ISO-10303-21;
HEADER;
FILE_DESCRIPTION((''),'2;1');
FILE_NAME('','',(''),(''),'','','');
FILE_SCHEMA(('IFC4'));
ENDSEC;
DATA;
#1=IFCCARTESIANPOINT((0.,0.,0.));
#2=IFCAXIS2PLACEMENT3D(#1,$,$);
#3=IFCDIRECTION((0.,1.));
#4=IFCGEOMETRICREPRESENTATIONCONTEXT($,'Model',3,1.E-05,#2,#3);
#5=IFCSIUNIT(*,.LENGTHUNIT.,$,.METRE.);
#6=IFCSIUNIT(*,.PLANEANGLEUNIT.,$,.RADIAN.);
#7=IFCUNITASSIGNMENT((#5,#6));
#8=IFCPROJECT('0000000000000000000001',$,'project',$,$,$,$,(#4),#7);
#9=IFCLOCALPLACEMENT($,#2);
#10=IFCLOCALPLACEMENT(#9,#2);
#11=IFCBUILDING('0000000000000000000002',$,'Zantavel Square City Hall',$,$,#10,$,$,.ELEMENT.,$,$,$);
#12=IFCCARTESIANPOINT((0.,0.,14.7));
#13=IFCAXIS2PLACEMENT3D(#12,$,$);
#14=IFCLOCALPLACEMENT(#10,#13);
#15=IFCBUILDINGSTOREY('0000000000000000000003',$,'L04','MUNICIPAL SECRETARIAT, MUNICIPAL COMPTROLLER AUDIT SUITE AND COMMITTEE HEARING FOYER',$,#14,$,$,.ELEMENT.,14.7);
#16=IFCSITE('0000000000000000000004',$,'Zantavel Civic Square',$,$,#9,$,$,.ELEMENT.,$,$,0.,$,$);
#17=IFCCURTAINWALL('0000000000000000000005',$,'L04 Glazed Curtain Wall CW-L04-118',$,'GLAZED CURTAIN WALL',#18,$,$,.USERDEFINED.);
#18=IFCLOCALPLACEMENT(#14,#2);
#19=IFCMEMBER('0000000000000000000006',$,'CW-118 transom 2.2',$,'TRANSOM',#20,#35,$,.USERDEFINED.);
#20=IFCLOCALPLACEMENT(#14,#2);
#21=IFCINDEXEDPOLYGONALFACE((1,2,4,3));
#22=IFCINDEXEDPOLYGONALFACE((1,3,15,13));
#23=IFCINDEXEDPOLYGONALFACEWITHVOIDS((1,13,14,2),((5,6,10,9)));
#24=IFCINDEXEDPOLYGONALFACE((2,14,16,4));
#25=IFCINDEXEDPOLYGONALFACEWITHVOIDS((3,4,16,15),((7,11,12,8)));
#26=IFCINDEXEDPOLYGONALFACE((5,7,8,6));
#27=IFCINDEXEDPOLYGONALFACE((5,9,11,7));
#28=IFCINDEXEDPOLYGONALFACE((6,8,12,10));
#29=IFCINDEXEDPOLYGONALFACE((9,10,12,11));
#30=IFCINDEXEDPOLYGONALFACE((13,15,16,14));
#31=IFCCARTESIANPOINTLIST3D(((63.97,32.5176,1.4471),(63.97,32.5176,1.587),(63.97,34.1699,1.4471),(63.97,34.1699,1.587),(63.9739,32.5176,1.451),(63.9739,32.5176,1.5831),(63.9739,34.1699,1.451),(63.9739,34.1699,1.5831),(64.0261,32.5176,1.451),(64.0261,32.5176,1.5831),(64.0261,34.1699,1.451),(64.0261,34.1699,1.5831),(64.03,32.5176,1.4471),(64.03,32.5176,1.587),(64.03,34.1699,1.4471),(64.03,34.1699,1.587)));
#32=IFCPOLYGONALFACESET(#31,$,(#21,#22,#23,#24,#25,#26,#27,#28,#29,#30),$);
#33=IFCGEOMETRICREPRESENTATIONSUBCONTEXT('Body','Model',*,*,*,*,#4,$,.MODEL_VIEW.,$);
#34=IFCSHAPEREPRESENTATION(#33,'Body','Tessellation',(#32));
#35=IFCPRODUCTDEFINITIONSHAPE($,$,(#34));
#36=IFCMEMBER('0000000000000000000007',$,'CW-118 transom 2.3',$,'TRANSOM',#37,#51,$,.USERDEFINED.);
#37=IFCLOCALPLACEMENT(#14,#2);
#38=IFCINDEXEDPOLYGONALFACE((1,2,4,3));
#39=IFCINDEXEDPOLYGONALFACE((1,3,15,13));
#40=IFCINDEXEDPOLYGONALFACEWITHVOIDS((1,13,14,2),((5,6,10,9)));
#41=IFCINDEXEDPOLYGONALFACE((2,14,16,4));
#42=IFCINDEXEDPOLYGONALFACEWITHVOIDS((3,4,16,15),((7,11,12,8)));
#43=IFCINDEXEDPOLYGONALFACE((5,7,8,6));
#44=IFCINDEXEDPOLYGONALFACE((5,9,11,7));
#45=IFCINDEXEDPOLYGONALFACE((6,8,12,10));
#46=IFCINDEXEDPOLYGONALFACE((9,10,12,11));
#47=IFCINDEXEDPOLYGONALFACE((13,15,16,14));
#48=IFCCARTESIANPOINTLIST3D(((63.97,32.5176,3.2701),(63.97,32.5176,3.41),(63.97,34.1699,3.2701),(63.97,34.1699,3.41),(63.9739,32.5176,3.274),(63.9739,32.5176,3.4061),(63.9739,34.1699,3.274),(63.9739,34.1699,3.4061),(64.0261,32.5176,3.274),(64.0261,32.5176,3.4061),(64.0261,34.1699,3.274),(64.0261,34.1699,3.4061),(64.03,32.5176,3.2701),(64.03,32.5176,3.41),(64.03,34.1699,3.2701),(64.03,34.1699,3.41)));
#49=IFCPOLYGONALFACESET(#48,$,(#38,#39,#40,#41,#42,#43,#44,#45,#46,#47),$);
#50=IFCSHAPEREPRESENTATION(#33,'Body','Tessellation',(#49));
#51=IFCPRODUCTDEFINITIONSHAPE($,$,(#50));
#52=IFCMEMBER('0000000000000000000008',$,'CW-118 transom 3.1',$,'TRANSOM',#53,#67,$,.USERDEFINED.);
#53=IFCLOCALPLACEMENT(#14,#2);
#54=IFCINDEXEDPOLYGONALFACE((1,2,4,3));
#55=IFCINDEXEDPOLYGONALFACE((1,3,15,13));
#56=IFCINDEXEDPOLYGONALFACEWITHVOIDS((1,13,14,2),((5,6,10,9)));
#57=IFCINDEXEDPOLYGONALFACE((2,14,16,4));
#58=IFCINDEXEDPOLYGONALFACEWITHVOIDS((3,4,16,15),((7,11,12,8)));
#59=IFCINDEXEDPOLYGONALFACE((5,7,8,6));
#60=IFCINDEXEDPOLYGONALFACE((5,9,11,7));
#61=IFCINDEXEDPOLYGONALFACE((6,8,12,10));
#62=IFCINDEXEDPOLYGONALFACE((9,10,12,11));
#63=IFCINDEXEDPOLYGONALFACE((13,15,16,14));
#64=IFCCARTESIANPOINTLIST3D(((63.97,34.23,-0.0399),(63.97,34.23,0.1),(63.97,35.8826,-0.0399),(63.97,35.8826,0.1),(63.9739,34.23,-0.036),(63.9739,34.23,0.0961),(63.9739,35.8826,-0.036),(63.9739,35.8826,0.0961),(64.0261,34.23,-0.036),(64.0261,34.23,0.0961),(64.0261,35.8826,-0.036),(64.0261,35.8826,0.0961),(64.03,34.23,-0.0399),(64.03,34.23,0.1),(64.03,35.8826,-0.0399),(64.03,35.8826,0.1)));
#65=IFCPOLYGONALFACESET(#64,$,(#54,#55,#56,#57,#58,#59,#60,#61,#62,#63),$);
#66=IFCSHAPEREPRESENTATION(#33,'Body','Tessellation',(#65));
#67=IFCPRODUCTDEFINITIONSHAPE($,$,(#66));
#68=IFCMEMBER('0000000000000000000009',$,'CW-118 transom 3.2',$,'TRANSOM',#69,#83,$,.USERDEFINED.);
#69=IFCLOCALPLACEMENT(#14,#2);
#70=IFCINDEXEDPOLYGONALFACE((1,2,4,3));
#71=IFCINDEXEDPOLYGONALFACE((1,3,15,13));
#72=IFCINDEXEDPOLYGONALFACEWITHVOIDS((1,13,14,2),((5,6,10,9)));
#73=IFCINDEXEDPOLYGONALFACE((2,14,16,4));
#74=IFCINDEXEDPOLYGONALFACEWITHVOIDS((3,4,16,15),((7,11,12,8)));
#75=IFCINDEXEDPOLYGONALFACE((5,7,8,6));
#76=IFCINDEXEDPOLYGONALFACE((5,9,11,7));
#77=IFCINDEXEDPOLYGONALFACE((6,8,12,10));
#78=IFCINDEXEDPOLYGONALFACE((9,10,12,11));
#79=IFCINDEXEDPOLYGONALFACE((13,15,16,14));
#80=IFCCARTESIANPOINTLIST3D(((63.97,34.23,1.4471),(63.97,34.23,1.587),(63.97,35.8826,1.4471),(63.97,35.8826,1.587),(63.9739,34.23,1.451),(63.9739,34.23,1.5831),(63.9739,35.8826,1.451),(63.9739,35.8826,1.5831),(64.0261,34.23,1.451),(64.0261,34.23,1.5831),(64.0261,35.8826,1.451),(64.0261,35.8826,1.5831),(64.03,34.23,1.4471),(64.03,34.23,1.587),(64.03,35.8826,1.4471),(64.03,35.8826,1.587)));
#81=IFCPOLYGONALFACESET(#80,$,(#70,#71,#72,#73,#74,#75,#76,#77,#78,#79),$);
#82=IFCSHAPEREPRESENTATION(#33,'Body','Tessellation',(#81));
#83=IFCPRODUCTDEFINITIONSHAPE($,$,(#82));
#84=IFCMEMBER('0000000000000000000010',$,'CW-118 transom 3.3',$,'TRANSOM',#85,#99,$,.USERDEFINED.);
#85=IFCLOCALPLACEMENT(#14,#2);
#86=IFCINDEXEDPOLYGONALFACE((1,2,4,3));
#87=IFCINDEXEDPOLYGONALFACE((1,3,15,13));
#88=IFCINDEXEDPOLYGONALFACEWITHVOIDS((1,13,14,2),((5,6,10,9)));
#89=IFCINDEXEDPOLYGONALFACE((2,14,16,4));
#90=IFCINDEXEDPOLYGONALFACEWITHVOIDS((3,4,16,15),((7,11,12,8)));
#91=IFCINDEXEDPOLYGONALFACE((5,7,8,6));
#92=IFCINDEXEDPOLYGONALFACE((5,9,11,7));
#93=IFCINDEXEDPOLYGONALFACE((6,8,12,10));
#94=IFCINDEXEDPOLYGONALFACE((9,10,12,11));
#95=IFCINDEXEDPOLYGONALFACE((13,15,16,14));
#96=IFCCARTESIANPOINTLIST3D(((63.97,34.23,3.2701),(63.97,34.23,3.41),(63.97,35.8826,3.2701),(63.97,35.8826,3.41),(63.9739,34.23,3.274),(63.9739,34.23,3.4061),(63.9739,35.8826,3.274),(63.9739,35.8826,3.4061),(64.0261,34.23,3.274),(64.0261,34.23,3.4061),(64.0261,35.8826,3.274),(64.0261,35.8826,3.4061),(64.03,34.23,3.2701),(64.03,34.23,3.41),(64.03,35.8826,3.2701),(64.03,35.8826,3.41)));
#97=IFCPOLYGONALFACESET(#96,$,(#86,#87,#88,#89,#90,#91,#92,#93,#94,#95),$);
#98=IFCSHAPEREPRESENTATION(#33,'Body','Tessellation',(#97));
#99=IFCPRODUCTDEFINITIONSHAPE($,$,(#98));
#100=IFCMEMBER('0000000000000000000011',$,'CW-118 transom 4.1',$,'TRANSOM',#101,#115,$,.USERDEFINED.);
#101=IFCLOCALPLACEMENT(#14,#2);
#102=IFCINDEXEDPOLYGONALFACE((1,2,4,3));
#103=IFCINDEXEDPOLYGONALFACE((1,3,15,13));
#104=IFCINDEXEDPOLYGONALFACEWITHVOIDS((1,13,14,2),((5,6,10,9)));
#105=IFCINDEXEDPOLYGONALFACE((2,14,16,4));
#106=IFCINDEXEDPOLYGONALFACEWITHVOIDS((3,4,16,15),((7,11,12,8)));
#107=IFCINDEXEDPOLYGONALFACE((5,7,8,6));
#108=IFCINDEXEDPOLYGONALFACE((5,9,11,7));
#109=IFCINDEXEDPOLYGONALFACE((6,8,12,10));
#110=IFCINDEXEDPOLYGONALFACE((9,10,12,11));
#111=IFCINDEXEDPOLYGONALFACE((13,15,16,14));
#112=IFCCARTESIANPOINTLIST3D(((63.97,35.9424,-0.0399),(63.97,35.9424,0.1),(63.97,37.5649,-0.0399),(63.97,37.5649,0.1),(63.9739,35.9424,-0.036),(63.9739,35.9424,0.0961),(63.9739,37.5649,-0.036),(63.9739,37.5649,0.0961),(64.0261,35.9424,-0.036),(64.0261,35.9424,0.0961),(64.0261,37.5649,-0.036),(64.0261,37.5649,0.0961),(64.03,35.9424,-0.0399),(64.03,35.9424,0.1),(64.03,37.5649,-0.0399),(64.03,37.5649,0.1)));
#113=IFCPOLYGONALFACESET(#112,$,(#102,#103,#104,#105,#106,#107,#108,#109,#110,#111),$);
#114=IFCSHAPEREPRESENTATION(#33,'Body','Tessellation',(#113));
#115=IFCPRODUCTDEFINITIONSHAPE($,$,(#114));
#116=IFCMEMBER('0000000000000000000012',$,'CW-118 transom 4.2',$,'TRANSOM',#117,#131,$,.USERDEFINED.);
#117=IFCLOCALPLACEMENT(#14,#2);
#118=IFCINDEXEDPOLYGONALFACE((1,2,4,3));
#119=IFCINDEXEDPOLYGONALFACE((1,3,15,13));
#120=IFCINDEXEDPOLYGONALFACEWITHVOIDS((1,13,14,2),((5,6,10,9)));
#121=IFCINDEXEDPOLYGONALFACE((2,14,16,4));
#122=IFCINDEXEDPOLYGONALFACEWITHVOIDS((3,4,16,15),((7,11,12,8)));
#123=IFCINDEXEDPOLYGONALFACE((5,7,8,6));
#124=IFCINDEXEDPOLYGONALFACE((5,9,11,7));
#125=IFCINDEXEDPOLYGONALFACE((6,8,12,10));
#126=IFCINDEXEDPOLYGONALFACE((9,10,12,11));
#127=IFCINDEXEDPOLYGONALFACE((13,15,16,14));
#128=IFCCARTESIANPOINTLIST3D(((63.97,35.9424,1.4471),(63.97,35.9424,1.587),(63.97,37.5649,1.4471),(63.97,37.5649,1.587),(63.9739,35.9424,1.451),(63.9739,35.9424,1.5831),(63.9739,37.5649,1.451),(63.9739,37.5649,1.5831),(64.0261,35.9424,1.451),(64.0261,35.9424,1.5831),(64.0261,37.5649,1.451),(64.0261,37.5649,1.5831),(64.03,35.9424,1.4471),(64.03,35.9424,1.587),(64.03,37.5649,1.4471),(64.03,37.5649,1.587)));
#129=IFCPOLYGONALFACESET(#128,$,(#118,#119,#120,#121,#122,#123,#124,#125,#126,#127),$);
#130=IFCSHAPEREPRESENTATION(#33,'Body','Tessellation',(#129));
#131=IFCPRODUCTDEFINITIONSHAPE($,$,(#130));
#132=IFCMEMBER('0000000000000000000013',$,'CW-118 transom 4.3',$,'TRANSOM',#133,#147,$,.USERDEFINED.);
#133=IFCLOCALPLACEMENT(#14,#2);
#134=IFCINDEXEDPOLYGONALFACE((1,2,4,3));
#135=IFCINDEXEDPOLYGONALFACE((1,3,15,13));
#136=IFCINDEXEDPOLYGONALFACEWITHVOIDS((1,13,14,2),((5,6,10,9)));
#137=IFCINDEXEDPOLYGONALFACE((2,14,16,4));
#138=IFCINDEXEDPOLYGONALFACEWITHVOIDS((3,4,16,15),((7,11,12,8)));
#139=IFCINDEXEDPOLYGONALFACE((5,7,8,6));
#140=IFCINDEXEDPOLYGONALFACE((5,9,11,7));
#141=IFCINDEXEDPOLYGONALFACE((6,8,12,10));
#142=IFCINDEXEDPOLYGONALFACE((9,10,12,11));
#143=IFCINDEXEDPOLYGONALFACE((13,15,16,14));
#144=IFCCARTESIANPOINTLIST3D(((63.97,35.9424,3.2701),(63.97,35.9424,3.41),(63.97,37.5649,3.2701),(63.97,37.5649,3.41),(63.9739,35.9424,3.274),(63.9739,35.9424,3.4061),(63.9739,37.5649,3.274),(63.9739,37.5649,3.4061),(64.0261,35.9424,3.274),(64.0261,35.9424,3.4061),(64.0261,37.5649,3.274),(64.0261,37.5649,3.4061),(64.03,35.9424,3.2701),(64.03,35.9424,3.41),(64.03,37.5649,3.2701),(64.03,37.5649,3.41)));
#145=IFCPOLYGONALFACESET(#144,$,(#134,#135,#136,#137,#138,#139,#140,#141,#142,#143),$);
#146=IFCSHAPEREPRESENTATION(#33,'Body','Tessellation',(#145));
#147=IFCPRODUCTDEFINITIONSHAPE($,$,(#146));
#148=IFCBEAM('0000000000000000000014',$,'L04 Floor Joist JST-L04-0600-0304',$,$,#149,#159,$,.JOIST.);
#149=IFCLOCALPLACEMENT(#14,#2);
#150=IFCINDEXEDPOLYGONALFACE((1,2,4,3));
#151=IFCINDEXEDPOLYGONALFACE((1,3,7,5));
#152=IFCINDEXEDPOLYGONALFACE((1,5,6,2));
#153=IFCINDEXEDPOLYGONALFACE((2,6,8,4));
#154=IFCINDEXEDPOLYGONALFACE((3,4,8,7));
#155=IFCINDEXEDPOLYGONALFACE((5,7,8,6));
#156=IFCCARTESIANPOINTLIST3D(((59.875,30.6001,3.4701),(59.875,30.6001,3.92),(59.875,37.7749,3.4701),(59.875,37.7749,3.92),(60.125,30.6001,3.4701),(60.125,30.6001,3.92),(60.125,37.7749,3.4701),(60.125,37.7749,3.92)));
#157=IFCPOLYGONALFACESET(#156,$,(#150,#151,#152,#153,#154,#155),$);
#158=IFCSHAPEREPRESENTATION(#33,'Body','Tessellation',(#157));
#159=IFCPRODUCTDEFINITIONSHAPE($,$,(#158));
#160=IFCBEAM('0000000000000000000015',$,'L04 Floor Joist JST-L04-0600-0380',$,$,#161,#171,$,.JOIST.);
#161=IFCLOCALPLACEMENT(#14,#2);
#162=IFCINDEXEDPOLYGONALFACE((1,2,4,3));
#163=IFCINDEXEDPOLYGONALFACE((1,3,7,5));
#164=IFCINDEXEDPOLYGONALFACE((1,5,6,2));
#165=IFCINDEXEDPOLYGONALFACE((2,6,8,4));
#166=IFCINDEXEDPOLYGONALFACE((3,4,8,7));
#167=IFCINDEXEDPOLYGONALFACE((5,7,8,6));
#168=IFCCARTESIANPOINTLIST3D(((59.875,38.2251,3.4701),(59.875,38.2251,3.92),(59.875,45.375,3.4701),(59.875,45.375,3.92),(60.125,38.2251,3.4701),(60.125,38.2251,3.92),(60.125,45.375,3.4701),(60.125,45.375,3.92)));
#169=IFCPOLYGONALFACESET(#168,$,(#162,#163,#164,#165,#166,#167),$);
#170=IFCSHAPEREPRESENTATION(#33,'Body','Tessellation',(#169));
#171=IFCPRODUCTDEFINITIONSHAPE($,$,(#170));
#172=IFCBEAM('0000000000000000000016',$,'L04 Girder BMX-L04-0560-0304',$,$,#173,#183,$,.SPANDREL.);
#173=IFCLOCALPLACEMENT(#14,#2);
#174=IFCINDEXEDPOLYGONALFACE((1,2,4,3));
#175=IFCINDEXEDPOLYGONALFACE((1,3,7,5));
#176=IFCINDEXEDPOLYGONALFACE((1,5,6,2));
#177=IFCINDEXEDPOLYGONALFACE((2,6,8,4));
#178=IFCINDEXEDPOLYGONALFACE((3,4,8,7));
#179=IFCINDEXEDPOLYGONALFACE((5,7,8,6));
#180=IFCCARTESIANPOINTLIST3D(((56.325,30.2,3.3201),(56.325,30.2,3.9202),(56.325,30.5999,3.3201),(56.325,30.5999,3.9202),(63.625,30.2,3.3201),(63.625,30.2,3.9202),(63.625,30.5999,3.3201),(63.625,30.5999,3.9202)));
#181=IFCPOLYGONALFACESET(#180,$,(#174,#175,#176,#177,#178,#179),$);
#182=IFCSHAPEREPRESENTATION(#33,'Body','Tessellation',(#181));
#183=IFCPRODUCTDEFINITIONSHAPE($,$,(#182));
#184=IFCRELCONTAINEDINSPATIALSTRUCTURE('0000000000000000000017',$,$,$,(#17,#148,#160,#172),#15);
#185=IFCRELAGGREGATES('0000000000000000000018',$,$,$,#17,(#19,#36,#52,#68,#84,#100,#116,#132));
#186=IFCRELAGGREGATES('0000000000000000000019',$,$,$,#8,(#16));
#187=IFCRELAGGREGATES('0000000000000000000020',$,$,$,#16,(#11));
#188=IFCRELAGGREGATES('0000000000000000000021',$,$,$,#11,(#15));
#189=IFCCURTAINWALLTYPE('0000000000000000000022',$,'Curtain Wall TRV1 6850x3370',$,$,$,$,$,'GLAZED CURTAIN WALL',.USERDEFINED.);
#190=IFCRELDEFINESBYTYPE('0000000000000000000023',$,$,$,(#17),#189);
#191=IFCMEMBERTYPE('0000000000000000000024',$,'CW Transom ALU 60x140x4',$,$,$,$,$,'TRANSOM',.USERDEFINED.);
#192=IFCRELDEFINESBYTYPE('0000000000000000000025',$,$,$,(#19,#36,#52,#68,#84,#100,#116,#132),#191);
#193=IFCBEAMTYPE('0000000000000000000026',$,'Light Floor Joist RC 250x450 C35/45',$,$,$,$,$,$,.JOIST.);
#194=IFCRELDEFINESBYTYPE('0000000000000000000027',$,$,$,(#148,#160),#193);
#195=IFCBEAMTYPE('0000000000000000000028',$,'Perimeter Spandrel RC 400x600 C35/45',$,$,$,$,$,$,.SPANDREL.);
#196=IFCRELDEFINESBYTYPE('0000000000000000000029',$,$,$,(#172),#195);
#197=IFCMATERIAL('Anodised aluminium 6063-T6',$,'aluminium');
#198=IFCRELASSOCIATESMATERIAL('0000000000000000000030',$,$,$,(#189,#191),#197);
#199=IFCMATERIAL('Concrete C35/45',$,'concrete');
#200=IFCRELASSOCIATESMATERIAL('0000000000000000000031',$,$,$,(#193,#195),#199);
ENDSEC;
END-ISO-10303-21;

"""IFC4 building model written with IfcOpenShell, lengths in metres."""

from ifc_helpers import new_model, si_unit, direction, frame, origin, origin_2d, place, context, subcontext, project, spatial, rectangle, hollow_rectangle, extrude, material, material_profile, profile_set, type_object, element, aggregate, save


model = new_model("IFC4")

# Units and contexts
model_context = context("Model", 3, precision=1e-05, world=origin(), true_north=direction((0.0, 1.0)))
body_context = subcontext(model_context, "Body", "Model", "MODEL_VIEW")
ifc_project = project(units=[si_unit("LENGTHUNIT", "METRE"), si_unit("PLANEANGLEUNIT", "RADIAN")], contexts=[model_context])

# Site, building, storey
site_placement = place(None, origin())
site = spatial("IfcSite", under=ifc_project, at=site_placement, Name="Zantavel Civic Square", CompositionType="ELEMENT", RefElevation=0.0)
building_placement = place(site_placement, origin())
building = spatial("IfcBuilding", under=site, at=building_placement, Name="Zantavel Square City Hall", CompositionType="ELEMENT")
storey_placement = place(building_placement, frame((0.0, 0.0, 14.7)))
storey = spatial("IfcBuildingStorey", under=building, at=storey_placement, Name="L04", Description="MUNICIPAL SECRETARIAT, MUNICIPAL COMPTROLLER AUDIT SUITE AND COMMITTEE HEARING FOYER", CompositionType="ELEMENT", Elevation=14.7)

# Curtain wall, members
ifc_material_1 = material(Name="Anodised aluminium 6063-T6", Category="aluminium")
curtain_wall_type = type_object("IfcCurtainWallType", Name="Curtain Wall TRV1 6850x3370", ElementType="GLAZED CURTAIN WALL", PredefinedType="USERDEFINED", material=ifc_material_1)
curtain_wall_placement = place(storey_placement, origin())
curtain_wall = element("IfcCurtainWall", 1, at=curtain_wall_placement, inside=storey, type_object=curtain_wall_type, Name="L04 Glazed Curtain Wall CW-L04-118", ObjectType="GLAZED CURTAIN WALL", PredefinedType="USERDEFINED")
ifc_material_profile_1 = material_profile(ifc_material_1, hollow_rectangle(XDim=0.0601, YDim=0.1399, WallThickness=0.0039, at=origin_2d()), Name="ALU 60x140x4")
ifc_profile_set_1 = profile_set([ifc_material_profile_1], Name="Anodised aluminium 6063-T6")
member_type_1 = type_object("IfcMemberType", Name="CW Transom ALU 60x140x4", ElementType="TRANSOM", PredefinedType="USERDEFINED", material=ifc_profile_set_1)
member_1_placement = place(storey_placement, frame((64.0, 32.5176, 1.5171), z_axis=(0.0, 1.0, 0.0), x_axis=(-1.0, 0.0, 0.0)))
member_1 = element("IfcMember", 2, at=member_1_placement, type_object=member_type_1, Name="CW-118 transom 2.2", ObjectType="TRANSOM", PredefinedType="USERDEFINED", context=body_context, shape_type="SweptSolid", body=[
    extrude(hollow_rectangle(XDim=0.0601, YDim=0.1399, WallThickness=0.0039, at=origin_2d()), origin(), (0.0, 0.0, 1.0), 1.6523),
])
member_2_placement = place(storey_placement, frame((64.0, 32.5176, 3.3401), z_axis=(0.0, 1.0, 0.0), x_axis=(-1.0, 0.0, 0.0)))
member_2 = element("IfcMember", 3, at=member_2_placement, type_object=member_type_1, Name="CW-118 transom 2.3", ObjectType="TRANSOM", PredefinedType="USERDEFINED", context=body_context, shape_type="SweptSolid", body=[
    extrude(hollow_rectangle(XDim=0.0601, YDim=0.1399, WallThickness=0.0039, at=origin_2d()), origin(), (0.0, 0.0, 1.0), 1.6523),
])
member_3_placement = place(storey_placement, frame((64.0, 34.23, 0.03), z_axis=(0.0, 1.0, 0.0), x_axis=(-1.0, 0.0, 0.0)))
member_3 = element("IfcMember", 4, at=member_3_placement, type_object=member_type_1, Name="CW-118 transom 3.1", ObjectType="TRANSOM", PredefinedType="USERDEFINED", context=body_context, shape_type="SweptSolid", body=[
    extrude(hollow_rectangle(XDim=0.0601, YDim=0.1399, WallThickness=0.0039, at=origin_2d()), origin(), (0.0, 0.0, 1.0), 1.6526),
])
member_4_placement = place(storey_placement, frame((64.0, 34.23, 1.5171), z_axis=(0.0, 1.0, 0.0), x_axis=(-1.0, 0.0, 0.0)))
member_4 = element("IfcMember", 5, at=member_4_placement, type_object=member_type_1, Name="CW-118 transom 3.2", ObjectType="TRANSOM", PredefinedType="USERDEFINED", context=body_context, shape_type="SweptSolid", body=[
    extrude(hollow_rectangle(XDim=0.0601, YDim=0.1399, WallThickness=0.0039, at=origin_2d()), origin(), (0.0, 0.0, 1.0), 1.6526),
])
member_5_placement = place(storey_placement, frame((64.0, 34.23, 3.3401), z_axis=(0.0, 1.0, 0.0), x_axis=(-1.0, 0.0, 0.0)))
member_5 = element("IfcMember", 6, at=member_5_placement, type_object=member_type_1, Name="CW-118 transom 3.3", ObjectType="TRANSOM", PredefinedType="USERDEFINED", context=body_context, shape_type="SweptSolid", body=[
    extrude(hollow_rectangle(XDim=0.0601, YDim=0.1399, WallThickness=0.0039, at=origin_2d()), origin(), (0.0, 0.0, 1.0), 1.6526),
])
member_6_placement = place(storey_placement, frame((64.0, 35.9424, 0.03), z_axis=(0.0, 1.0, 0.0), x_axis=(-1.0, 0.0, 0.0)))
member_6 = element("IfcMember", 7, at=member_6_placement, type_object=member_type_1, Name="CW-118 transom 4.1", ObjectType="TRANSOM", PredefinedType="USERDEFINED", context=body_context, shape_type="SweptSolid", body=[
    extrude(hollow_rectangle(XDim=0.0601, YDim=0.1399, WallThickness=0.0039, at=origin_2d()), origin(), (0.0, 0.0, 1.0), 1.6226),
])
member_7_placement = place(storey_placement, frame((64.0, 35.9424, 1.5171), z_axis=(0.0, 1.0, 0.0), x_axis=(-1.0, 0.0, 0.0)))
member_7 = element("IfcMember", 8, at=member_7_placement, type_object=member_type_1, Name="CW-118 transom 4.2", ObjectType="TRANSOM", PredefinedType="USERDEFINED", context=body_context, shape_type="SweptSolid", body=[
    extrude(hollow_rectangle(XDim=0.0601, YDim=0.1399, WallThickness=0.0039, at=origin_2d()), origin(), (0.0, 0.0, 1.0), 1.6226),
])
member_8_placement = place(storey_placement, frame((64.0, 35.9424, 3.3401), z_axis=(0.0, 1.0, 0.0), x_axis=(-1.0, 0.0, 0.0)))
member_8 = element("IfcMember", 9, at=member_8_placement, type_object=member_type_1, Name="CW-118 transom 4.3", ObjectType="TRANSOM", PredefinedType="USERDEFINED", context=body_context, shape_type="SweptSolid", body=[
    extrude(hollow_rectangle(XDim=0.0601, YDim=0.1399, WallThickness=0.0039, at=origin_2d()), origin(), (0.0, 0.0, 1.0), 1.6226),
])

# Beams
ifc_material_2 = material(Name="Concrete C35/45", Category="concrete")
ifc_material_profile_2 = material_profile(ifc_material_2, rectangle(XDim=0.25, YDim=0.45, at=origin_2d()), Name="RC 250x450")
ifc_profile_set_2 = profile_set([ifc_material_profile_2], Name="Concrete C35/45")
beam_type_1 = type_object("IfcBeamType", Name="Light Floor Joist RC 250x450 C35/45", PredefinedType="JOIST", material=ifc_profile_set_2)
beam_1_placement = place(storey_placement, frame((60.0, 30.6001, 3.6951), z_axis=(0.0, 1.0, 0.0), x_axis=(-1.0, 0.0, 0.0)))
element("IfcBeam", 10, at=beam_1_placement, inside=storey, type_object=beam_type_1, Name="L04 Floor Joist JST-L04-0600-0304", PredefinedType="JOIST", context=body_context, shape_type="SweptSolid", body=[
    extrude(rectangle(XDim=0.25, YDim=0.45, at=origin_2d()), origin(), (0.0, 0.0, 1.0), 7.1748),
])
beam_2_placement = place(storey_placement, frame((60.0, 38.2251, 3.6951), z_axis=(0.0, 1.0, 0.0), x_axis=(-1.0, 0.0, 0.0)))
element("IfcBeam", 11, at=beam_2_placement, inside=storey, type_object=beam_type_1, Name="L04 Floor Joist JST-L04-0600-0380", PredefinedType="JOIST", context=body_context, shape_type="SweptSolid", body=[
    extrude(rectangle(XDim=0.25, YDim=0.45, at=origin_2d()), origin(), (0.0, 0.0, 1.0), 7.1499),
])
ifc_material_profile_3 = material_profile(ifc_material_2, rectangle(XDim=0.3999, YDim=0.6001, at=origin_2d()), Name="RC 400x600")
ifc_profile_set_3 = profile_set([ifc_material_profile_3], Name="Concrete C35/45")
beam_type_2 = type_object("IfcBeamType", Name="Perimeter Spandrel RC 400x600 C35/45", PredefinedType="SPANDREL", material=ifc_profile_set_3)
beam_3_placement = place(storey_placement, frame((56.325, 30.3999, 3.6201), z_axis=(1.0, 0.0, 0.0), x_axis=(0.0, 1.0, 0.0)))
element("IfcBeam", 12, at=beam_3_placement, inside=storey, type_object=beam_type_2, Name="L04 Girder BMX-L04-0560-0304", PredefinedType="SPANDREL", context=body_context, shape_type="SweptSolid", body=[
    extrude(rectangle(XDim=0.3999, YDim=0.6001, at=origin_2d()), origin(), (0.0, 0.0, 1.0), 7.3),
])

aggregate(curtain_wall, [member_1, member_2, member_3, member_4, member_5, member_6, member_7, member_8])

save(model, "model.ifc")
